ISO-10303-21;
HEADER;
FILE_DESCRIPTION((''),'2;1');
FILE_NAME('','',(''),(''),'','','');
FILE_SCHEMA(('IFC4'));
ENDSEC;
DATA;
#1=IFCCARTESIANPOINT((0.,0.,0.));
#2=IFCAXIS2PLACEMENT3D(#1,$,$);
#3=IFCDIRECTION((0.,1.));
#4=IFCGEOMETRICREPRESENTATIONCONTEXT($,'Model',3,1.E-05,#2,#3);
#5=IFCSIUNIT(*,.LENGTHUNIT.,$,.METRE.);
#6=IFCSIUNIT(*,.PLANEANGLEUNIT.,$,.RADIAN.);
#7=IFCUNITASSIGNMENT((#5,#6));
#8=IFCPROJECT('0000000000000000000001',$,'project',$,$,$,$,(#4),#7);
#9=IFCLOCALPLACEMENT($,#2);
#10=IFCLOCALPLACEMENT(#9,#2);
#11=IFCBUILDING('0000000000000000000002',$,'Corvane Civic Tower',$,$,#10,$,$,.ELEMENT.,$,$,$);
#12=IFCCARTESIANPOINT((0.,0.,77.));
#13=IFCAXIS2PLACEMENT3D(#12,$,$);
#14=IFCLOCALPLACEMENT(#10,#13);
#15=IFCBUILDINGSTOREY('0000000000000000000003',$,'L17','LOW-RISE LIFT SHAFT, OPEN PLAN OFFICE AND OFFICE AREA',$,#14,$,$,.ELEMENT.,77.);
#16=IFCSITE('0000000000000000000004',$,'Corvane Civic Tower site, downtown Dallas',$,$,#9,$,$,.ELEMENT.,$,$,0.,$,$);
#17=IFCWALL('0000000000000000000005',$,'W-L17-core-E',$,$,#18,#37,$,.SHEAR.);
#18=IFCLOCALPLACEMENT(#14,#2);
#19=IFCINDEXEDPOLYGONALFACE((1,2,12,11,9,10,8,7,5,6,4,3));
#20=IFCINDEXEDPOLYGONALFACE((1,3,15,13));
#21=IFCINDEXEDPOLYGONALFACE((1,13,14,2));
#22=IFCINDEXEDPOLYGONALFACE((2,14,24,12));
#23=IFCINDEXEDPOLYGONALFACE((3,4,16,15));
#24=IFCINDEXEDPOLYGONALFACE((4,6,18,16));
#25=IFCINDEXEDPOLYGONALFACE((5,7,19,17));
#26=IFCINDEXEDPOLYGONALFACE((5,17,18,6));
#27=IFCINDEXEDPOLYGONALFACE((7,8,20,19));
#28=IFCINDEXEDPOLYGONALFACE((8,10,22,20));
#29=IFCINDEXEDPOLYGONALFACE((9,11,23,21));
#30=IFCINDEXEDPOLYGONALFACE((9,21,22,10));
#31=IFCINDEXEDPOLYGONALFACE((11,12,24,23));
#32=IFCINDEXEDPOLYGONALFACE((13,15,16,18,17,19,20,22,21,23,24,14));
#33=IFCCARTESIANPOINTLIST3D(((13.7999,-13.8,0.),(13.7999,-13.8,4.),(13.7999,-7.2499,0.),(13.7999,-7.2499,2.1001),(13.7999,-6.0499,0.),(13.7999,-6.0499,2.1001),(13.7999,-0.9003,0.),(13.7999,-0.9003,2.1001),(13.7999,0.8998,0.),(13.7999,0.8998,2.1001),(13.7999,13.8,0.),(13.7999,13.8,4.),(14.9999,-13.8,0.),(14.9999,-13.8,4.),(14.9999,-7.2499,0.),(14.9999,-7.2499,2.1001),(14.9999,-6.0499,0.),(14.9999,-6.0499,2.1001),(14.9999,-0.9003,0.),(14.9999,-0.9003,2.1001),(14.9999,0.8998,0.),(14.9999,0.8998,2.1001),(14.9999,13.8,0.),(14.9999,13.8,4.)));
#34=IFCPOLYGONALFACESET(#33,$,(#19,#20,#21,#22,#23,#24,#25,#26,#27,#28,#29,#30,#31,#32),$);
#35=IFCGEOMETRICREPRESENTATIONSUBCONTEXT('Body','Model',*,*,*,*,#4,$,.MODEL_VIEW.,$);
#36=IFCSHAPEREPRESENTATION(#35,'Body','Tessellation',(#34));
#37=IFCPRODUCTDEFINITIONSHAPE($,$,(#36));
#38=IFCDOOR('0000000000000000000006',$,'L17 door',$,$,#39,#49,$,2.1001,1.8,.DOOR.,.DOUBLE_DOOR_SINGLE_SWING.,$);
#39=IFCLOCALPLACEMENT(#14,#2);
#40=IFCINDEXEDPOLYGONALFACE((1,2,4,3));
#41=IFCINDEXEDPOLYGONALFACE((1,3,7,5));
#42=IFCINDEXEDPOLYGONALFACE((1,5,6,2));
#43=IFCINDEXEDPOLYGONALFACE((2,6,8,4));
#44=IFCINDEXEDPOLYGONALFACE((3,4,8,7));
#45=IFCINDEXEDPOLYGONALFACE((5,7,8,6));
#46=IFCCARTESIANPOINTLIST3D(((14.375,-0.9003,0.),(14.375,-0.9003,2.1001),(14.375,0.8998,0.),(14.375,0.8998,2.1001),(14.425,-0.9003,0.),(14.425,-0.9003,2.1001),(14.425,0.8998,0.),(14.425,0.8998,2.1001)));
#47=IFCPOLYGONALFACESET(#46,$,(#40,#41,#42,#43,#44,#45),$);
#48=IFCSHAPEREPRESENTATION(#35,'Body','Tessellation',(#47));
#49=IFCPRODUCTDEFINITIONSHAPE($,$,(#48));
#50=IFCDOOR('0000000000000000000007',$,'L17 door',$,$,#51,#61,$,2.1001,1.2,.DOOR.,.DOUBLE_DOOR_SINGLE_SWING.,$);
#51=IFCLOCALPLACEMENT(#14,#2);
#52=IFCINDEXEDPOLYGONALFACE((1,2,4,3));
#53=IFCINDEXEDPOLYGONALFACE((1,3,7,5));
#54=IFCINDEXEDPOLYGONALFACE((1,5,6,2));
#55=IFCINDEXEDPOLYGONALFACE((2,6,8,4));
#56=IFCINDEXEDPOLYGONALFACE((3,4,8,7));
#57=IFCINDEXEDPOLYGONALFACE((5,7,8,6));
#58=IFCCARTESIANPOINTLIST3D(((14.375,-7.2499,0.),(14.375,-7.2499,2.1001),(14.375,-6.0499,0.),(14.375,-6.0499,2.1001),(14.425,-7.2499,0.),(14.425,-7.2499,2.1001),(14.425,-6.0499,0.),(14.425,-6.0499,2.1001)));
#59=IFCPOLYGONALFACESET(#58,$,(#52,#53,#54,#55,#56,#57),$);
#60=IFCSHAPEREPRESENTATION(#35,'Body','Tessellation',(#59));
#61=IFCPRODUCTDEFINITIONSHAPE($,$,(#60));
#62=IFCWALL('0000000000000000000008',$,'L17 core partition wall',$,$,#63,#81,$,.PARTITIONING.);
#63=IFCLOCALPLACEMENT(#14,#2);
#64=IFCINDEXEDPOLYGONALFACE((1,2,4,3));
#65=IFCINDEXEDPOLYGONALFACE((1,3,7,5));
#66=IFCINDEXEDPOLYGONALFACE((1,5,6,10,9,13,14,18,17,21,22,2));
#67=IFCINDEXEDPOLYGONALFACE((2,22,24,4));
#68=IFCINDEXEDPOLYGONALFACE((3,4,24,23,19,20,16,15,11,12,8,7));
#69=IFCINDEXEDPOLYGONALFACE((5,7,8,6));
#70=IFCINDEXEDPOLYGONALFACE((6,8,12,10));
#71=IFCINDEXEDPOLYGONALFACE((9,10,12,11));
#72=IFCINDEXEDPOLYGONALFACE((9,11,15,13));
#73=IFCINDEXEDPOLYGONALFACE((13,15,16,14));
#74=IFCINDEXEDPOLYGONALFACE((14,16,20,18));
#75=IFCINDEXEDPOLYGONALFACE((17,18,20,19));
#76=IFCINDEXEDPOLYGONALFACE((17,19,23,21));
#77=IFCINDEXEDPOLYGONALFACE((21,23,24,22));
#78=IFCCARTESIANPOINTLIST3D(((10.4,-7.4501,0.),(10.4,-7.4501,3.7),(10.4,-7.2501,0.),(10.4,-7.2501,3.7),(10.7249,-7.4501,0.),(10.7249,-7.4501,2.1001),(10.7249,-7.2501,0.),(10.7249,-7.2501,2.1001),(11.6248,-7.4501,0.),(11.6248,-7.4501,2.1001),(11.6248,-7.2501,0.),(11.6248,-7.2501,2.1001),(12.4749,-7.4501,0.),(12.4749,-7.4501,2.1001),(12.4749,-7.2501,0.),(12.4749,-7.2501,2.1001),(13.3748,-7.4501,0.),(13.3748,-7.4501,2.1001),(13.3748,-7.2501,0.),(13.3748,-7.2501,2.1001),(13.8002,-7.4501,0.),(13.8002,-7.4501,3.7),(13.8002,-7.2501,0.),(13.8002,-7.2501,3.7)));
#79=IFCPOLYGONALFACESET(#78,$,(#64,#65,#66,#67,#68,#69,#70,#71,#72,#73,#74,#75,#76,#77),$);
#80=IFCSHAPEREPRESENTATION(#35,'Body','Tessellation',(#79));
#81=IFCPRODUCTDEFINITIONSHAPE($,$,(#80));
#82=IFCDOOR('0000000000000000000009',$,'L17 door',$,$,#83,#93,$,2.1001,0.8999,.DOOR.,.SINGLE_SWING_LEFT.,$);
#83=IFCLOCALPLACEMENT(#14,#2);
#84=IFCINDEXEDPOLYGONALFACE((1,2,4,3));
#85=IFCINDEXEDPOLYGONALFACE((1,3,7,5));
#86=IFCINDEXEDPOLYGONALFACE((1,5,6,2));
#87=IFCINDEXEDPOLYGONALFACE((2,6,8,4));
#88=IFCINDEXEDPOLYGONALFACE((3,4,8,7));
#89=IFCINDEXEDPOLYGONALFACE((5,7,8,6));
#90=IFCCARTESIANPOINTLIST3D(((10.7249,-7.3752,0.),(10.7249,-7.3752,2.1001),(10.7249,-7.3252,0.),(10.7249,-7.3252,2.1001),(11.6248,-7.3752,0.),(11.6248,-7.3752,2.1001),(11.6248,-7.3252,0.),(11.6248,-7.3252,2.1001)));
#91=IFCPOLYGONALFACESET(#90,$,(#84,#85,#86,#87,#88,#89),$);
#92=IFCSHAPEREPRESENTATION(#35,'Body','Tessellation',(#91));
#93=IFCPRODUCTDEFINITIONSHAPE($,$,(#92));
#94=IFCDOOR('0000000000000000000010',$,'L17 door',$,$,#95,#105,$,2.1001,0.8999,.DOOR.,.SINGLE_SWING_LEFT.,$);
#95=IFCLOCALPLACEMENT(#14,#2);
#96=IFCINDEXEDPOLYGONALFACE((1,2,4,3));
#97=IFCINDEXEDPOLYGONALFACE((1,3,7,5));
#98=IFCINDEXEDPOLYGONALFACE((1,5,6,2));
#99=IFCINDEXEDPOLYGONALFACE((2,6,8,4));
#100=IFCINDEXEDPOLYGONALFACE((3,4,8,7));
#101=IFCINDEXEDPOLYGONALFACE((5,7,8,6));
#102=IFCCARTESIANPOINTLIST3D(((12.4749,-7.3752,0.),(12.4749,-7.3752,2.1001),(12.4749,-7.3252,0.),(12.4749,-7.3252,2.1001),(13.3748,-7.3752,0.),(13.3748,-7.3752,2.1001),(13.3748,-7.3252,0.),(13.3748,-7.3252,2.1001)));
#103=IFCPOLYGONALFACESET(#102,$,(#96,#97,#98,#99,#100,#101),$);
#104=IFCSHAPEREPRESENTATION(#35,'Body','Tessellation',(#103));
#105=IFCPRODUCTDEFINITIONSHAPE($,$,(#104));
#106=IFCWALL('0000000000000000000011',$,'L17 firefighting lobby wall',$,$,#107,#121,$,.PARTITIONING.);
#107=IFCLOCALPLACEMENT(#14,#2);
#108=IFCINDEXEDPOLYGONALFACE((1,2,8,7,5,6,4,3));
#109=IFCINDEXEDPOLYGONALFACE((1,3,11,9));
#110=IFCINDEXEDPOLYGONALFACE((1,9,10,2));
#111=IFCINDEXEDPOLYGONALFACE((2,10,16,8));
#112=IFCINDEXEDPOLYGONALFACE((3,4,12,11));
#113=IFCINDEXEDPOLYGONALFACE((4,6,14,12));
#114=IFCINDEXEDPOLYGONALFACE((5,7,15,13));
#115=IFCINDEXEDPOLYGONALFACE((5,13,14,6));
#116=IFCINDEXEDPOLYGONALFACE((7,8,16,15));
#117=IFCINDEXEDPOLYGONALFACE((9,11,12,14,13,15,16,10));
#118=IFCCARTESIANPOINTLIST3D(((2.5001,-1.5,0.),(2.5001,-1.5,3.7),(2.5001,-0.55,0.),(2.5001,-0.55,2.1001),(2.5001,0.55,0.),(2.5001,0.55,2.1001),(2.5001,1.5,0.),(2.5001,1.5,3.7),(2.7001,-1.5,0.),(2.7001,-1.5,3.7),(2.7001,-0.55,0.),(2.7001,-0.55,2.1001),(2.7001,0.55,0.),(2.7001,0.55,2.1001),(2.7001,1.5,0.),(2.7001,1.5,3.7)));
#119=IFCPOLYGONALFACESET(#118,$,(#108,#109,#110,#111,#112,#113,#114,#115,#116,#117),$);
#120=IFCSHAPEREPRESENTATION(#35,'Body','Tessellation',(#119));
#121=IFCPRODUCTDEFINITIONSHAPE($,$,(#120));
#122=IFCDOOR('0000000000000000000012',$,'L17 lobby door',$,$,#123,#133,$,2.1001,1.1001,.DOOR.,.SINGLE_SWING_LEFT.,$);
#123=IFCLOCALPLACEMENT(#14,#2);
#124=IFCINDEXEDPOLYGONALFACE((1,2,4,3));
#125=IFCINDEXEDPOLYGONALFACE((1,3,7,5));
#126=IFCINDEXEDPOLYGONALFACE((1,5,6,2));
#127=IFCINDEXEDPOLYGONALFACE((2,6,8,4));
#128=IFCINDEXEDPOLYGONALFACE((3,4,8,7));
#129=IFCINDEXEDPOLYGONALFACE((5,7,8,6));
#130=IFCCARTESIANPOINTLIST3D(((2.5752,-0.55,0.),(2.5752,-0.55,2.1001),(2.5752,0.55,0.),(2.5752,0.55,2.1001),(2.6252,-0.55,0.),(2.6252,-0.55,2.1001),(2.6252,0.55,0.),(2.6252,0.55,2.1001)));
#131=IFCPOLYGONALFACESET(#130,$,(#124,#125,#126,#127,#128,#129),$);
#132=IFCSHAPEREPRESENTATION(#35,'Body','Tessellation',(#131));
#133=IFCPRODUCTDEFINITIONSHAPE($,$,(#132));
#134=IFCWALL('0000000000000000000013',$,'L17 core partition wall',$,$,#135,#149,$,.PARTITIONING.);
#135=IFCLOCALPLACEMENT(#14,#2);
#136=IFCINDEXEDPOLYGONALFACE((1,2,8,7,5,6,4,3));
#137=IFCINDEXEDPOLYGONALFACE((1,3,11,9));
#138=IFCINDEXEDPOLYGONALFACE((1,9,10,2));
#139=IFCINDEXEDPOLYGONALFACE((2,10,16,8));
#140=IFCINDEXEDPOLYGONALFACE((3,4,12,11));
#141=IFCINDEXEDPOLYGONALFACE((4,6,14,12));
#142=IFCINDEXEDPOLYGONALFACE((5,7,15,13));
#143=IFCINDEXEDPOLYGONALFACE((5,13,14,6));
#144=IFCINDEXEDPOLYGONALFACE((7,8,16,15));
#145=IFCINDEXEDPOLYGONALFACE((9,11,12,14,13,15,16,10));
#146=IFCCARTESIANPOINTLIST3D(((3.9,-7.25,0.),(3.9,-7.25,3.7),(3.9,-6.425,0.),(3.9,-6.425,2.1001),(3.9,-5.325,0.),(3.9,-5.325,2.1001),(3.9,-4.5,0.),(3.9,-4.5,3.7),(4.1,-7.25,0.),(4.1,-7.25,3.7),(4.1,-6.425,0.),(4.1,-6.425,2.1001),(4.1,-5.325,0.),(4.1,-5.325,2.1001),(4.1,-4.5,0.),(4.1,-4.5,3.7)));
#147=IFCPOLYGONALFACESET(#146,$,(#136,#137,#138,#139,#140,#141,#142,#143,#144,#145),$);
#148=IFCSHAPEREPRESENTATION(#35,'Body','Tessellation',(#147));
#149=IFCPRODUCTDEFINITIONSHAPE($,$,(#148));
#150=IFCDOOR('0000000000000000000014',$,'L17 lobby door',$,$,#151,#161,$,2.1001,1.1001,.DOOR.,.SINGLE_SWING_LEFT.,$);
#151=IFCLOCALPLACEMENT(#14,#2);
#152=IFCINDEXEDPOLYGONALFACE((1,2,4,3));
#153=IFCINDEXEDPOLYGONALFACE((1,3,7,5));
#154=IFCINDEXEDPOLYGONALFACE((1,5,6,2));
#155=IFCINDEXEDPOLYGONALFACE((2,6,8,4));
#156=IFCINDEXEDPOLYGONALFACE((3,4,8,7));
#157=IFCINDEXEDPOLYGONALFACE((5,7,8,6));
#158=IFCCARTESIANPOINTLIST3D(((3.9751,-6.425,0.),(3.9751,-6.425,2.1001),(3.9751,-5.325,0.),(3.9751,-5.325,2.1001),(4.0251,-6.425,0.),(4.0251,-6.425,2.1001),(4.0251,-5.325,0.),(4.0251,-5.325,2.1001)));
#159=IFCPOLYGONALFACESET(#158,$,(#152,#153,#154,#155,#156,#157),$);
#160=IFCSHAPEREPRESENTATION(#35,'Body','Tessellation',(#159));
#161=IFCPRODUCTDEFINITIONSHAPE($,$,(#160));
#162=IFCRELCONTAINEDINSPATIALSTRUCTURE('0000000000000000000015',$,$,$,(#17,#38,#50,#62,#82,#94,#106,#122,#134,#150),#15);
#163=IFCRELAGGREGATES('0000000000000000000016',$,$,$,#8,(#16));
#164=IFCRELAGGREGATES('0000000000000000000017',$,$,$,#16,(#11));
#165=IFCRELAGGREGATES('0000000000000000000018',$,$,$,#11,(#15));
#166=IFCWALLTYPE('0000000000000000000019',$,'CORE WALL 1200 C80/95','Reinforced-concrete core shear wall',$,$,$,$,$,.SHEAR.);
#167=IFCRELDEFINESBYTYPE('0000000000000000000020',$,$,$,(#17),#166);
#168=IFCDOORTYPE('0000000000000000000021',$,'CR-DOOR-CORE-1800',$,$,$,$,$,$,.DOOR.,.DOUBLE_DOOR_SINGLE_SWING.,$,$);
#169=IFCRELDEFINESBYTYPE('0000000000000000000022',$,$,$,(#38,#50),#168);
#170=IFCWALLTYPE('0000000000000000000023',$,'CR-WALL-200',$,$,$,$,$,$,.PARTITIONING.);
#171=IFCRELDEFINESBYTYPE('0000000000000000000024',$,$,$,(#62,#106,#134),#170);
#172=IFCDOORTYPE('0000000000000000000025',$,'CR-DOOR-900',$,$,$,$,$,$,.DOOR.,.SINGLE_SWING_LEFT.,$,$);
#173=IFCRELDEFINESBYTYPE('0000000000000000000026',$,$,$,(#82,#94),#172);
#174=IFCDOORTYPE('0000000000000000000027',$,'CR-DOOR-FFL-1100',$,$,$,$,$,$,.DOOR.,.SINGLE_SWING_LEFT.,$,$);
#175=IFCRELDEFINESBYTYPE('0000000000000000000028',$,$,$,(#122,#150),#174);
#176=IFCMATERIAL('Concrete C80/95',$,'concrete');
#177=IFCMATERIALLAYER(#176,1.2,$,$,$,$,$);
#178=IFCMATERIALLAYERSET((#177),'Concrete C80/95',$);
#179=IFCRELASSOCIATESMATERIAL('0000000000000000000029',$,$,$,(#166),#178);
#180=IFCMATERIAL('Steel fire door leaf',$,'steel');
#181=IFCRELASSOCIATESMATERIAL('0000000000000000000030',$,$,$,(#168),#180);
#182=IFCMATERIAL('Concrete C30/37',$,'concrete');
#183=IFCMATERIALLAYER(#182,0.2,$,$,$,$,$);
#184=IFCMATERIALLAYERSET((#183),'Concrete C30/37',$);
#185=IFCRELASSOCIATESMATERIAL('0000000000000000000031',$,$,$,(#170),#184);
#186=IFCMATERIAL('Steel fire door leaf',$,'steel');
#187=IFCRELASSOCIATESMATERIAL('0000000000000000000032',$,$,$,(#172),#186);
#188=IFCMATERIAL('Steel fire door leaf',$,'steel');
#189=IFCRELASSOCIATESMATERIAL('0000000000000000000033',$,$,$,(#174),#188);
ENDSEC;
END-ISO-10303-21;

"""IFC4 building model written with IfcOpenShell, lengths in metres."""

from ifc_helpers import new_model, si_unit, direction, frame, frame_2d, origin, place, context, subcontext, project, spatial, rectangle, extrude, material, layer, layer_set, type_object, element, fill, save


model = new_model("IFC4")

# Units and contexts
model_context = context("Model", 3, precision=1e-05, world=origin(), true_north=direction((0.0, 1.0)))
body_context = subcontext(model_context, "Body", "Model", "MODEL_VIEW")
ifc_project = project(units=[si_unit("LENGTHUNIT", "METRE"), si_unit("PLANEANGLEUNIT", "RADIAN")], contexts=[model_context])

# Site, building, storey
site_placement = place(None, origin())
site = spatial("IfcSite", under=ifc_project, at=site_placement, Name="Corvane Civic Tower site, downtown Dallas", CompositionType="ELEMENT", RefElevation=0.0)
building_placement = place(site_placement, origin())
building = spatial("IfcBuilding", under=site, at=building_placement, Name="Corvane Civic Tower", CompositionType="ELEMENT")
storey_placement = place(building_placement, frame((0.0, 0.0, 77.0)))
storey = spatial("IfcBuildingStorey", under=building, at=storey_placement, Name="L17", Description="LOW-RISE LIFT SHAFT, OPEN PLAN OFFICE AND OFFICE AREA", CompositionType="ELEMENT", Elevation=77.0)

# Walls, openings, doors
ifc_material_1 = material(Name="Concrete C80/95", Category="concrete")
ifc_layer_1 = layer(ifc_material_1, 1.2)
ifc_layer_set_1 = layer_set([ifc_layer_1], Name="Concrete C80/95")
wall_type_1 = type_object("IfcWallType", Name="CORE WALL 1200 C80/95", Description="Reinforced-concrete core shear wall", PredefinedType="SHEAR", material=ifc_layer_set_1)
wall_1_placement = place(storey_placement, frame((14.3999, -13.8, 0.0), z_axis=(0.0, 0.0, 1.0), x_axis=(0.0, 1.0, 0.0)))
wall_1 = element("IfcWall", 1, at=wall_1_placement, inside=storey, type_object=wall_type_1, Name="W-L17-core-E", PredefinedType="SHEAR", context=body_context, shape_type="SweptSolid", body=[
    extrude(rectangle(XDim=27.6001, YDim=1.2, at=frame_2d((13.8, 0.0))), origin(), (0.0, 0.0, 1.0), 4.0),
])
opening_1_placement = place(wall_1_placement, frame((12.8999, 0.0, 0.0)))
opening_1 = element("IfcOpeningElement", 2, at=opening_1_placement, cuts=wall_1, PredefinedType="OPENING", context=body_context, shape_type="SweptSolid", body=[
    extrude(rectangle(XDim=1.8, YDim=2.1001, at=frame_2d((0.8999, 1.05))), frame((0.0, 0.6099, 0.0), z_axis=(0.0, -1.0, 0.0), x_axis=(1.0, 0.0, 0.0)), (0.0, 0.0, 1.0), 1.22),
])
opening_2_placement = place(wall_1_placement, frame((6.55, 0.0, 0.0)))
opening_2 = element("IfcOpeningElement", 3, at=opening_2_placement, cuts=wall_1, PredefinedType="OPENING", context=body_context, shape_type="SweptSolid", body=[
    extrude(rectangle(XDim=1.2, YDim=2.1001, at=frame_2d((0.6001, 1.05))), frame((0.0, 0.6099, 0.0), z_axis=(0.0, -1.0, 0.0), x_axis=(1.0, 0.0, 0.0)), (0.0, 0.0, 1.0), 1.22),
])
ifc_material_2 = material(Name="Steel fire door leaf", Category="steel")
door_type_1 = type_object("IfcDoorType", Name="CR-DOOR-CORE-1800", OperationType="DOUBLE_DOOR_SINGLE_SWING", PredefinedType="DOOR", material=ifc_material_2)
door_1_placement = place(opening_1_placement, origin())
door_1 = element("IfcDoor", 4, at=door_1_placement, inside=storey, type_object=door_type_1, Name="L17 door", OperationType="DOUBLE_DOOR_SINGLE_SWING", OverallHeight=2.1001, OverallWidth=1.8, PredefinedType="DOOR", context=body_context, shape_type="SweptSolid", body=[
    extrude(rectangle(XDim=1.8, YDim=2.1001, at=frame_2d((0.8999, 1.05))), frame((0.0, 0.0249, 0.0), z_axis=(0.0, -1.0, 0.0), x_axis=(1.0, 0.0, 0.0)), (0.0, 0.0, 1.0), 0.05),
])
fill(opening_1, door_1)
door_2_placement = place(opening_2_placement, origin())
door_2 = element("IfcDoor", 5, at=door_2_placement, inside=storey, type_object=door_type_1, Name="L17 door", OperationType="DOUBLE_DOOR_SINGLE_SWING", OverallHeight=2.1001, OverallWidth=1.2, PredefinedType="DOOR", context=body_context, shape_type="SweptSolid", body=[
    extrude(rectangle(XDim=1.2, YDim=2.1001, at=frame_2d((0.6001, 1.05))), frame((0.0, 0.0249, 0.0), z_axis=(0.0, -1.0, 0.0), x_axis=(1.0, 0.0, 0.0)), (0.0, 0.0, 1.0), 0.05),
])
fill(opening_2, door_2)
ifc_material_3 = material(Name="Concrete C30/37", Category="concrete")
ifc_layer_2 = layer(ifc_material_3, 0.2)
ifc_layer_set_2 = layer_set([ifc_layer_2], Name="Concrete C30/37")
wall_type_2 = type_object("IfcWallType", Name="CR-WALL-200", PredefinedType="PARTITIONING", material=ifc_layer_set_2)
wall_2_placement = place(storey_placement, frame((10.3999, -7.3501, 0.0), z_axis=(0.0, 0.0, 1.0), x_axis=(1.0, 0.0, 0.0)))
wall_2 = element("IfcWall", 6, at=wall_2_placement, inside=storey, type_object=wall_type_2, Name="L17 core partition wall", PredefinedType="PARTITIONING", context=body_context, shape_type="SweptSolid", body=[
    extrude(rectangle(XDim=3.4001, YDim=0.2, at=frame_2d((1.7002, 0.0))), origin(), (0.0, 0.0, 1.0), 3.7),
])
opening_3_placement = place(wall_2_placement, frame((0.325, 0.0, 0.0)))
opening_3 = element("IfcOpeningElement", 7, at=opening_3_placement, cuts=wall_2, PredefinedType="OPENING", context=body_context, shape_type="SweptSolid", body=[
    extrude(rectangle(XDim=0.8999, YDim=2.1001, at=frame_2d((0.45, 1.05))), frame((0.0, 0.1099, 0.0), z_axis=(0.0, -1.0, 0.0), x_axis=(1.0, 0.0, 0.0)), (0.0, 0.0, 1.0), 0.22),
])
opening_4_placement = place(wall_2_placement, frame((2.075, 0.0, 0.0)))
opening_4 = element("IfcOpeningElement", 8, at=opening_4_placement, cuts=wall_2, PredefinedType="OPENING", context=body_context, shape_type="SweptSolid", body=[
    extrude(rectangle(XDim=0.8999, YDim=2.1001, at=frame_2d((0.45, 1.05))), frame((0.0, 0.1099, 0.0), z_axis=(0.0, -1.0, 0.0), x_axis=(1.0, 0.0, 0.0)), (0.0, 0.0, 1.0), 0.22),
])
ifc_material_4 = material(Name="Steel fire door leaf", Category="steel")
door_type_2 = type_object("IfcDoorType", Name="CR-DOOR-900", OperationType="SINGLE_SWING_LEFT", PredefinedType="DOOR", material=ifc_material_4)
door_3_placement = place(opening_3_placement, origin())
door_3 = element("IfcDoor", 9, at=door_3_placement, inside=storey, type_object=door_type_2, Name="L17 door", OperationType="SINGLE_SWING_LEFT", OverallHeight=2.1001, OverallWidth=0.8999, PredefinedType="DOOR", context=body_context, shape_type="SweptSolid", body=[
    extrude(rectangle(XDim=0.8999, YDim=2.1001, at=frame_2d((0.45, 1.05))), frame((0.0, 0.0249, 0.0), z_axis=(0.0, -1.0, 0.0), x_axis=(1.0, 0.0, 0.0)), (0.0, 0.0, 1.0), 0.05),
])
fill(opening_3, door_3)
door_4_placement = place(opening_4_placement, origin())
door_4 = element("IfcDoor", 10, at=door_4_placement, inside=storey, type_object=door_type_2, Name="L17 door", OperationType="SINGLE_SWING_LEFT", OverallHeight=2.1001, OverallWidth=0.8999, PredefinedType="DOOR", context=body_context, shape_type="SweptSolid", body=[
    extrude(rectangle(XDim=0.8999, YDim=2.1001, at=frame_2d((0.45, 1.05))), frame((0.0, 0.0249, 0.0), z_axis=(0.0, -1.0, 0.0), x_axis=(1.0, 0.0, 0.0)), (0.0, 0.0, 1.0), 0.05),
])
fill(opening_4, door_4)

# Walls, openings, doors
wall_3_placement = place(storey_placement, frame((2.6001, -1.5, 0.0), z_axis=(0.0, 0.0, 1.0), x_axis=(0.0, 1.0, 0.0)))
wall_3 = element("IfcWall", 11, at=wall_3_placement, inside=storey, type_object=wall_type_2, Name="L17 firefighting lobby wall", PredefinedType="PARTITIONING", context=body_context, shape_type="SweptSolid", body=[
    extrude(rectangle(XDim=3.0, YDim=0.2, at=frame_2d((1.5, 0.0))), origin(), (0.0, 0.0, 1.0), 3.7),
])
opening_5_placement = place(wall_3_placement, frame((0.95, 0.0, 0.0)))
opening_5 = element("IfcOpeningElement", 12, at=opening_5_placement, cuts=wall_3, PredefinedType="OPENING", context=body_context, shape_type="SweptSolid", body=[
    extrude(rectangle(XDim=1.1001, YDim=2.1001, at=frame_2d((0.55, 1.05))), frame((0.0, 0.1099, 0.0), z_axis=(0.0, -1.0, 0.0), x_axis=(1.0, 0.0, 0.0)), (0.0, 0.0, 1.0), 0.22),
])
ifc_material_5 = material(Name="Steel fire door leaf", Category="steel")
door_type_3 = type_object("IfcDoorType", Name="CR-DOOR-FFL-1100", OperationType="SINGLE_SWING_LEFT", PredefinedType="DOOR", material=ifc_material_5)
door_5_placement = place(opening_5_placement, origin())
door_5 = element("IfcDoor", 13, at=door_5_placement, inside=storey, type_object=door_type_3, Name="L17 lobby door", OperationType="SINGLE_SWING_LEFT", OverallHeight=2.1001, OverallWidth=1.1001, PredefinedType="DOOR", context=body_context, shape_type="SweptSolid", body=[
    extrude(rectangle(XDim=1.1001, YDim=2.1001, at=frame_2d((0.55, 1.05))), frame((0.0, 0.0249, 0.0), z_axis=(0.0, -1.0, 0.0), x_axis=(1.0, 0.0, 0.0)), (0.0, 0.0, 1.0), 0.05),
])
fill(opening_5, door_5)
wall_4_placement = place(storey_placement, frame((4.0, -7.25, 0.0), z_axis=(0.0, 0.0, 1.0), x_axis=(0.0, 1.0, 0.0)))
wall_4 = element("IfcWall", 14, at=wall_4_placement, inside=storey, type_object=wall_type_2, Name="L17 core partition wall", PredefinedType="PARTITIONING", context=body_context, shape_type="SweptSolid", body=[
    extrude(rectangle(XDim=2.75, YDim=0.2, at=frame_2d((1.375, 0.0))), origin(), (0.0, 0.0, 1.0), 3.7),
])
opening_6_placement = place(wall_4_placement, frame((0.825, 0.0, 0.0)))
opening_6 = element("IfcOpeningElement", 15, at=opening_6_placement, cuts=wall_4, PredefinedType="OPENING", context=body_context, shape_type="SweptSolid", body=[
    extrude(rectangle(XDim=1.1001, YDim=2.1001, at=frame_2d((0.55, 1.05))), frame((0.0, 0.1099, 0.0), z_axis=(0.0, -1.0, 0.0), x_axis=(1.0, 0.0, 0.0)), (0.0, 0.0, 1.0), 0.22),
])
door_6_placement = place(opening_6_placement, origin())
door_6 = element("IfcDoor", 16, at=door_6_placement, inside=storey, type_object=door_type_3, Name="L17 lobby door", OperationType="SINGLE_SWING_LEFT", OverallHeight=2.1001, OverallWidth=1.1001, PredefinedType="DOOR", context=body_context, shape_type="SweptSolid", body=[
    extrude(rectangle(XDim=1.1001, YDim=2.1001, at=frame_2d((0.55, 1.05))), frame((0.0, 0.0249, 0.0), z_axis=(0.0, -1.0, 0.0), x_axis=(1.0, 0.0, 0.0)), (0.0, 0.0, 1.0), 0.05),
])
fill(opening_6, door_6)

save(model, "model.ifc")
